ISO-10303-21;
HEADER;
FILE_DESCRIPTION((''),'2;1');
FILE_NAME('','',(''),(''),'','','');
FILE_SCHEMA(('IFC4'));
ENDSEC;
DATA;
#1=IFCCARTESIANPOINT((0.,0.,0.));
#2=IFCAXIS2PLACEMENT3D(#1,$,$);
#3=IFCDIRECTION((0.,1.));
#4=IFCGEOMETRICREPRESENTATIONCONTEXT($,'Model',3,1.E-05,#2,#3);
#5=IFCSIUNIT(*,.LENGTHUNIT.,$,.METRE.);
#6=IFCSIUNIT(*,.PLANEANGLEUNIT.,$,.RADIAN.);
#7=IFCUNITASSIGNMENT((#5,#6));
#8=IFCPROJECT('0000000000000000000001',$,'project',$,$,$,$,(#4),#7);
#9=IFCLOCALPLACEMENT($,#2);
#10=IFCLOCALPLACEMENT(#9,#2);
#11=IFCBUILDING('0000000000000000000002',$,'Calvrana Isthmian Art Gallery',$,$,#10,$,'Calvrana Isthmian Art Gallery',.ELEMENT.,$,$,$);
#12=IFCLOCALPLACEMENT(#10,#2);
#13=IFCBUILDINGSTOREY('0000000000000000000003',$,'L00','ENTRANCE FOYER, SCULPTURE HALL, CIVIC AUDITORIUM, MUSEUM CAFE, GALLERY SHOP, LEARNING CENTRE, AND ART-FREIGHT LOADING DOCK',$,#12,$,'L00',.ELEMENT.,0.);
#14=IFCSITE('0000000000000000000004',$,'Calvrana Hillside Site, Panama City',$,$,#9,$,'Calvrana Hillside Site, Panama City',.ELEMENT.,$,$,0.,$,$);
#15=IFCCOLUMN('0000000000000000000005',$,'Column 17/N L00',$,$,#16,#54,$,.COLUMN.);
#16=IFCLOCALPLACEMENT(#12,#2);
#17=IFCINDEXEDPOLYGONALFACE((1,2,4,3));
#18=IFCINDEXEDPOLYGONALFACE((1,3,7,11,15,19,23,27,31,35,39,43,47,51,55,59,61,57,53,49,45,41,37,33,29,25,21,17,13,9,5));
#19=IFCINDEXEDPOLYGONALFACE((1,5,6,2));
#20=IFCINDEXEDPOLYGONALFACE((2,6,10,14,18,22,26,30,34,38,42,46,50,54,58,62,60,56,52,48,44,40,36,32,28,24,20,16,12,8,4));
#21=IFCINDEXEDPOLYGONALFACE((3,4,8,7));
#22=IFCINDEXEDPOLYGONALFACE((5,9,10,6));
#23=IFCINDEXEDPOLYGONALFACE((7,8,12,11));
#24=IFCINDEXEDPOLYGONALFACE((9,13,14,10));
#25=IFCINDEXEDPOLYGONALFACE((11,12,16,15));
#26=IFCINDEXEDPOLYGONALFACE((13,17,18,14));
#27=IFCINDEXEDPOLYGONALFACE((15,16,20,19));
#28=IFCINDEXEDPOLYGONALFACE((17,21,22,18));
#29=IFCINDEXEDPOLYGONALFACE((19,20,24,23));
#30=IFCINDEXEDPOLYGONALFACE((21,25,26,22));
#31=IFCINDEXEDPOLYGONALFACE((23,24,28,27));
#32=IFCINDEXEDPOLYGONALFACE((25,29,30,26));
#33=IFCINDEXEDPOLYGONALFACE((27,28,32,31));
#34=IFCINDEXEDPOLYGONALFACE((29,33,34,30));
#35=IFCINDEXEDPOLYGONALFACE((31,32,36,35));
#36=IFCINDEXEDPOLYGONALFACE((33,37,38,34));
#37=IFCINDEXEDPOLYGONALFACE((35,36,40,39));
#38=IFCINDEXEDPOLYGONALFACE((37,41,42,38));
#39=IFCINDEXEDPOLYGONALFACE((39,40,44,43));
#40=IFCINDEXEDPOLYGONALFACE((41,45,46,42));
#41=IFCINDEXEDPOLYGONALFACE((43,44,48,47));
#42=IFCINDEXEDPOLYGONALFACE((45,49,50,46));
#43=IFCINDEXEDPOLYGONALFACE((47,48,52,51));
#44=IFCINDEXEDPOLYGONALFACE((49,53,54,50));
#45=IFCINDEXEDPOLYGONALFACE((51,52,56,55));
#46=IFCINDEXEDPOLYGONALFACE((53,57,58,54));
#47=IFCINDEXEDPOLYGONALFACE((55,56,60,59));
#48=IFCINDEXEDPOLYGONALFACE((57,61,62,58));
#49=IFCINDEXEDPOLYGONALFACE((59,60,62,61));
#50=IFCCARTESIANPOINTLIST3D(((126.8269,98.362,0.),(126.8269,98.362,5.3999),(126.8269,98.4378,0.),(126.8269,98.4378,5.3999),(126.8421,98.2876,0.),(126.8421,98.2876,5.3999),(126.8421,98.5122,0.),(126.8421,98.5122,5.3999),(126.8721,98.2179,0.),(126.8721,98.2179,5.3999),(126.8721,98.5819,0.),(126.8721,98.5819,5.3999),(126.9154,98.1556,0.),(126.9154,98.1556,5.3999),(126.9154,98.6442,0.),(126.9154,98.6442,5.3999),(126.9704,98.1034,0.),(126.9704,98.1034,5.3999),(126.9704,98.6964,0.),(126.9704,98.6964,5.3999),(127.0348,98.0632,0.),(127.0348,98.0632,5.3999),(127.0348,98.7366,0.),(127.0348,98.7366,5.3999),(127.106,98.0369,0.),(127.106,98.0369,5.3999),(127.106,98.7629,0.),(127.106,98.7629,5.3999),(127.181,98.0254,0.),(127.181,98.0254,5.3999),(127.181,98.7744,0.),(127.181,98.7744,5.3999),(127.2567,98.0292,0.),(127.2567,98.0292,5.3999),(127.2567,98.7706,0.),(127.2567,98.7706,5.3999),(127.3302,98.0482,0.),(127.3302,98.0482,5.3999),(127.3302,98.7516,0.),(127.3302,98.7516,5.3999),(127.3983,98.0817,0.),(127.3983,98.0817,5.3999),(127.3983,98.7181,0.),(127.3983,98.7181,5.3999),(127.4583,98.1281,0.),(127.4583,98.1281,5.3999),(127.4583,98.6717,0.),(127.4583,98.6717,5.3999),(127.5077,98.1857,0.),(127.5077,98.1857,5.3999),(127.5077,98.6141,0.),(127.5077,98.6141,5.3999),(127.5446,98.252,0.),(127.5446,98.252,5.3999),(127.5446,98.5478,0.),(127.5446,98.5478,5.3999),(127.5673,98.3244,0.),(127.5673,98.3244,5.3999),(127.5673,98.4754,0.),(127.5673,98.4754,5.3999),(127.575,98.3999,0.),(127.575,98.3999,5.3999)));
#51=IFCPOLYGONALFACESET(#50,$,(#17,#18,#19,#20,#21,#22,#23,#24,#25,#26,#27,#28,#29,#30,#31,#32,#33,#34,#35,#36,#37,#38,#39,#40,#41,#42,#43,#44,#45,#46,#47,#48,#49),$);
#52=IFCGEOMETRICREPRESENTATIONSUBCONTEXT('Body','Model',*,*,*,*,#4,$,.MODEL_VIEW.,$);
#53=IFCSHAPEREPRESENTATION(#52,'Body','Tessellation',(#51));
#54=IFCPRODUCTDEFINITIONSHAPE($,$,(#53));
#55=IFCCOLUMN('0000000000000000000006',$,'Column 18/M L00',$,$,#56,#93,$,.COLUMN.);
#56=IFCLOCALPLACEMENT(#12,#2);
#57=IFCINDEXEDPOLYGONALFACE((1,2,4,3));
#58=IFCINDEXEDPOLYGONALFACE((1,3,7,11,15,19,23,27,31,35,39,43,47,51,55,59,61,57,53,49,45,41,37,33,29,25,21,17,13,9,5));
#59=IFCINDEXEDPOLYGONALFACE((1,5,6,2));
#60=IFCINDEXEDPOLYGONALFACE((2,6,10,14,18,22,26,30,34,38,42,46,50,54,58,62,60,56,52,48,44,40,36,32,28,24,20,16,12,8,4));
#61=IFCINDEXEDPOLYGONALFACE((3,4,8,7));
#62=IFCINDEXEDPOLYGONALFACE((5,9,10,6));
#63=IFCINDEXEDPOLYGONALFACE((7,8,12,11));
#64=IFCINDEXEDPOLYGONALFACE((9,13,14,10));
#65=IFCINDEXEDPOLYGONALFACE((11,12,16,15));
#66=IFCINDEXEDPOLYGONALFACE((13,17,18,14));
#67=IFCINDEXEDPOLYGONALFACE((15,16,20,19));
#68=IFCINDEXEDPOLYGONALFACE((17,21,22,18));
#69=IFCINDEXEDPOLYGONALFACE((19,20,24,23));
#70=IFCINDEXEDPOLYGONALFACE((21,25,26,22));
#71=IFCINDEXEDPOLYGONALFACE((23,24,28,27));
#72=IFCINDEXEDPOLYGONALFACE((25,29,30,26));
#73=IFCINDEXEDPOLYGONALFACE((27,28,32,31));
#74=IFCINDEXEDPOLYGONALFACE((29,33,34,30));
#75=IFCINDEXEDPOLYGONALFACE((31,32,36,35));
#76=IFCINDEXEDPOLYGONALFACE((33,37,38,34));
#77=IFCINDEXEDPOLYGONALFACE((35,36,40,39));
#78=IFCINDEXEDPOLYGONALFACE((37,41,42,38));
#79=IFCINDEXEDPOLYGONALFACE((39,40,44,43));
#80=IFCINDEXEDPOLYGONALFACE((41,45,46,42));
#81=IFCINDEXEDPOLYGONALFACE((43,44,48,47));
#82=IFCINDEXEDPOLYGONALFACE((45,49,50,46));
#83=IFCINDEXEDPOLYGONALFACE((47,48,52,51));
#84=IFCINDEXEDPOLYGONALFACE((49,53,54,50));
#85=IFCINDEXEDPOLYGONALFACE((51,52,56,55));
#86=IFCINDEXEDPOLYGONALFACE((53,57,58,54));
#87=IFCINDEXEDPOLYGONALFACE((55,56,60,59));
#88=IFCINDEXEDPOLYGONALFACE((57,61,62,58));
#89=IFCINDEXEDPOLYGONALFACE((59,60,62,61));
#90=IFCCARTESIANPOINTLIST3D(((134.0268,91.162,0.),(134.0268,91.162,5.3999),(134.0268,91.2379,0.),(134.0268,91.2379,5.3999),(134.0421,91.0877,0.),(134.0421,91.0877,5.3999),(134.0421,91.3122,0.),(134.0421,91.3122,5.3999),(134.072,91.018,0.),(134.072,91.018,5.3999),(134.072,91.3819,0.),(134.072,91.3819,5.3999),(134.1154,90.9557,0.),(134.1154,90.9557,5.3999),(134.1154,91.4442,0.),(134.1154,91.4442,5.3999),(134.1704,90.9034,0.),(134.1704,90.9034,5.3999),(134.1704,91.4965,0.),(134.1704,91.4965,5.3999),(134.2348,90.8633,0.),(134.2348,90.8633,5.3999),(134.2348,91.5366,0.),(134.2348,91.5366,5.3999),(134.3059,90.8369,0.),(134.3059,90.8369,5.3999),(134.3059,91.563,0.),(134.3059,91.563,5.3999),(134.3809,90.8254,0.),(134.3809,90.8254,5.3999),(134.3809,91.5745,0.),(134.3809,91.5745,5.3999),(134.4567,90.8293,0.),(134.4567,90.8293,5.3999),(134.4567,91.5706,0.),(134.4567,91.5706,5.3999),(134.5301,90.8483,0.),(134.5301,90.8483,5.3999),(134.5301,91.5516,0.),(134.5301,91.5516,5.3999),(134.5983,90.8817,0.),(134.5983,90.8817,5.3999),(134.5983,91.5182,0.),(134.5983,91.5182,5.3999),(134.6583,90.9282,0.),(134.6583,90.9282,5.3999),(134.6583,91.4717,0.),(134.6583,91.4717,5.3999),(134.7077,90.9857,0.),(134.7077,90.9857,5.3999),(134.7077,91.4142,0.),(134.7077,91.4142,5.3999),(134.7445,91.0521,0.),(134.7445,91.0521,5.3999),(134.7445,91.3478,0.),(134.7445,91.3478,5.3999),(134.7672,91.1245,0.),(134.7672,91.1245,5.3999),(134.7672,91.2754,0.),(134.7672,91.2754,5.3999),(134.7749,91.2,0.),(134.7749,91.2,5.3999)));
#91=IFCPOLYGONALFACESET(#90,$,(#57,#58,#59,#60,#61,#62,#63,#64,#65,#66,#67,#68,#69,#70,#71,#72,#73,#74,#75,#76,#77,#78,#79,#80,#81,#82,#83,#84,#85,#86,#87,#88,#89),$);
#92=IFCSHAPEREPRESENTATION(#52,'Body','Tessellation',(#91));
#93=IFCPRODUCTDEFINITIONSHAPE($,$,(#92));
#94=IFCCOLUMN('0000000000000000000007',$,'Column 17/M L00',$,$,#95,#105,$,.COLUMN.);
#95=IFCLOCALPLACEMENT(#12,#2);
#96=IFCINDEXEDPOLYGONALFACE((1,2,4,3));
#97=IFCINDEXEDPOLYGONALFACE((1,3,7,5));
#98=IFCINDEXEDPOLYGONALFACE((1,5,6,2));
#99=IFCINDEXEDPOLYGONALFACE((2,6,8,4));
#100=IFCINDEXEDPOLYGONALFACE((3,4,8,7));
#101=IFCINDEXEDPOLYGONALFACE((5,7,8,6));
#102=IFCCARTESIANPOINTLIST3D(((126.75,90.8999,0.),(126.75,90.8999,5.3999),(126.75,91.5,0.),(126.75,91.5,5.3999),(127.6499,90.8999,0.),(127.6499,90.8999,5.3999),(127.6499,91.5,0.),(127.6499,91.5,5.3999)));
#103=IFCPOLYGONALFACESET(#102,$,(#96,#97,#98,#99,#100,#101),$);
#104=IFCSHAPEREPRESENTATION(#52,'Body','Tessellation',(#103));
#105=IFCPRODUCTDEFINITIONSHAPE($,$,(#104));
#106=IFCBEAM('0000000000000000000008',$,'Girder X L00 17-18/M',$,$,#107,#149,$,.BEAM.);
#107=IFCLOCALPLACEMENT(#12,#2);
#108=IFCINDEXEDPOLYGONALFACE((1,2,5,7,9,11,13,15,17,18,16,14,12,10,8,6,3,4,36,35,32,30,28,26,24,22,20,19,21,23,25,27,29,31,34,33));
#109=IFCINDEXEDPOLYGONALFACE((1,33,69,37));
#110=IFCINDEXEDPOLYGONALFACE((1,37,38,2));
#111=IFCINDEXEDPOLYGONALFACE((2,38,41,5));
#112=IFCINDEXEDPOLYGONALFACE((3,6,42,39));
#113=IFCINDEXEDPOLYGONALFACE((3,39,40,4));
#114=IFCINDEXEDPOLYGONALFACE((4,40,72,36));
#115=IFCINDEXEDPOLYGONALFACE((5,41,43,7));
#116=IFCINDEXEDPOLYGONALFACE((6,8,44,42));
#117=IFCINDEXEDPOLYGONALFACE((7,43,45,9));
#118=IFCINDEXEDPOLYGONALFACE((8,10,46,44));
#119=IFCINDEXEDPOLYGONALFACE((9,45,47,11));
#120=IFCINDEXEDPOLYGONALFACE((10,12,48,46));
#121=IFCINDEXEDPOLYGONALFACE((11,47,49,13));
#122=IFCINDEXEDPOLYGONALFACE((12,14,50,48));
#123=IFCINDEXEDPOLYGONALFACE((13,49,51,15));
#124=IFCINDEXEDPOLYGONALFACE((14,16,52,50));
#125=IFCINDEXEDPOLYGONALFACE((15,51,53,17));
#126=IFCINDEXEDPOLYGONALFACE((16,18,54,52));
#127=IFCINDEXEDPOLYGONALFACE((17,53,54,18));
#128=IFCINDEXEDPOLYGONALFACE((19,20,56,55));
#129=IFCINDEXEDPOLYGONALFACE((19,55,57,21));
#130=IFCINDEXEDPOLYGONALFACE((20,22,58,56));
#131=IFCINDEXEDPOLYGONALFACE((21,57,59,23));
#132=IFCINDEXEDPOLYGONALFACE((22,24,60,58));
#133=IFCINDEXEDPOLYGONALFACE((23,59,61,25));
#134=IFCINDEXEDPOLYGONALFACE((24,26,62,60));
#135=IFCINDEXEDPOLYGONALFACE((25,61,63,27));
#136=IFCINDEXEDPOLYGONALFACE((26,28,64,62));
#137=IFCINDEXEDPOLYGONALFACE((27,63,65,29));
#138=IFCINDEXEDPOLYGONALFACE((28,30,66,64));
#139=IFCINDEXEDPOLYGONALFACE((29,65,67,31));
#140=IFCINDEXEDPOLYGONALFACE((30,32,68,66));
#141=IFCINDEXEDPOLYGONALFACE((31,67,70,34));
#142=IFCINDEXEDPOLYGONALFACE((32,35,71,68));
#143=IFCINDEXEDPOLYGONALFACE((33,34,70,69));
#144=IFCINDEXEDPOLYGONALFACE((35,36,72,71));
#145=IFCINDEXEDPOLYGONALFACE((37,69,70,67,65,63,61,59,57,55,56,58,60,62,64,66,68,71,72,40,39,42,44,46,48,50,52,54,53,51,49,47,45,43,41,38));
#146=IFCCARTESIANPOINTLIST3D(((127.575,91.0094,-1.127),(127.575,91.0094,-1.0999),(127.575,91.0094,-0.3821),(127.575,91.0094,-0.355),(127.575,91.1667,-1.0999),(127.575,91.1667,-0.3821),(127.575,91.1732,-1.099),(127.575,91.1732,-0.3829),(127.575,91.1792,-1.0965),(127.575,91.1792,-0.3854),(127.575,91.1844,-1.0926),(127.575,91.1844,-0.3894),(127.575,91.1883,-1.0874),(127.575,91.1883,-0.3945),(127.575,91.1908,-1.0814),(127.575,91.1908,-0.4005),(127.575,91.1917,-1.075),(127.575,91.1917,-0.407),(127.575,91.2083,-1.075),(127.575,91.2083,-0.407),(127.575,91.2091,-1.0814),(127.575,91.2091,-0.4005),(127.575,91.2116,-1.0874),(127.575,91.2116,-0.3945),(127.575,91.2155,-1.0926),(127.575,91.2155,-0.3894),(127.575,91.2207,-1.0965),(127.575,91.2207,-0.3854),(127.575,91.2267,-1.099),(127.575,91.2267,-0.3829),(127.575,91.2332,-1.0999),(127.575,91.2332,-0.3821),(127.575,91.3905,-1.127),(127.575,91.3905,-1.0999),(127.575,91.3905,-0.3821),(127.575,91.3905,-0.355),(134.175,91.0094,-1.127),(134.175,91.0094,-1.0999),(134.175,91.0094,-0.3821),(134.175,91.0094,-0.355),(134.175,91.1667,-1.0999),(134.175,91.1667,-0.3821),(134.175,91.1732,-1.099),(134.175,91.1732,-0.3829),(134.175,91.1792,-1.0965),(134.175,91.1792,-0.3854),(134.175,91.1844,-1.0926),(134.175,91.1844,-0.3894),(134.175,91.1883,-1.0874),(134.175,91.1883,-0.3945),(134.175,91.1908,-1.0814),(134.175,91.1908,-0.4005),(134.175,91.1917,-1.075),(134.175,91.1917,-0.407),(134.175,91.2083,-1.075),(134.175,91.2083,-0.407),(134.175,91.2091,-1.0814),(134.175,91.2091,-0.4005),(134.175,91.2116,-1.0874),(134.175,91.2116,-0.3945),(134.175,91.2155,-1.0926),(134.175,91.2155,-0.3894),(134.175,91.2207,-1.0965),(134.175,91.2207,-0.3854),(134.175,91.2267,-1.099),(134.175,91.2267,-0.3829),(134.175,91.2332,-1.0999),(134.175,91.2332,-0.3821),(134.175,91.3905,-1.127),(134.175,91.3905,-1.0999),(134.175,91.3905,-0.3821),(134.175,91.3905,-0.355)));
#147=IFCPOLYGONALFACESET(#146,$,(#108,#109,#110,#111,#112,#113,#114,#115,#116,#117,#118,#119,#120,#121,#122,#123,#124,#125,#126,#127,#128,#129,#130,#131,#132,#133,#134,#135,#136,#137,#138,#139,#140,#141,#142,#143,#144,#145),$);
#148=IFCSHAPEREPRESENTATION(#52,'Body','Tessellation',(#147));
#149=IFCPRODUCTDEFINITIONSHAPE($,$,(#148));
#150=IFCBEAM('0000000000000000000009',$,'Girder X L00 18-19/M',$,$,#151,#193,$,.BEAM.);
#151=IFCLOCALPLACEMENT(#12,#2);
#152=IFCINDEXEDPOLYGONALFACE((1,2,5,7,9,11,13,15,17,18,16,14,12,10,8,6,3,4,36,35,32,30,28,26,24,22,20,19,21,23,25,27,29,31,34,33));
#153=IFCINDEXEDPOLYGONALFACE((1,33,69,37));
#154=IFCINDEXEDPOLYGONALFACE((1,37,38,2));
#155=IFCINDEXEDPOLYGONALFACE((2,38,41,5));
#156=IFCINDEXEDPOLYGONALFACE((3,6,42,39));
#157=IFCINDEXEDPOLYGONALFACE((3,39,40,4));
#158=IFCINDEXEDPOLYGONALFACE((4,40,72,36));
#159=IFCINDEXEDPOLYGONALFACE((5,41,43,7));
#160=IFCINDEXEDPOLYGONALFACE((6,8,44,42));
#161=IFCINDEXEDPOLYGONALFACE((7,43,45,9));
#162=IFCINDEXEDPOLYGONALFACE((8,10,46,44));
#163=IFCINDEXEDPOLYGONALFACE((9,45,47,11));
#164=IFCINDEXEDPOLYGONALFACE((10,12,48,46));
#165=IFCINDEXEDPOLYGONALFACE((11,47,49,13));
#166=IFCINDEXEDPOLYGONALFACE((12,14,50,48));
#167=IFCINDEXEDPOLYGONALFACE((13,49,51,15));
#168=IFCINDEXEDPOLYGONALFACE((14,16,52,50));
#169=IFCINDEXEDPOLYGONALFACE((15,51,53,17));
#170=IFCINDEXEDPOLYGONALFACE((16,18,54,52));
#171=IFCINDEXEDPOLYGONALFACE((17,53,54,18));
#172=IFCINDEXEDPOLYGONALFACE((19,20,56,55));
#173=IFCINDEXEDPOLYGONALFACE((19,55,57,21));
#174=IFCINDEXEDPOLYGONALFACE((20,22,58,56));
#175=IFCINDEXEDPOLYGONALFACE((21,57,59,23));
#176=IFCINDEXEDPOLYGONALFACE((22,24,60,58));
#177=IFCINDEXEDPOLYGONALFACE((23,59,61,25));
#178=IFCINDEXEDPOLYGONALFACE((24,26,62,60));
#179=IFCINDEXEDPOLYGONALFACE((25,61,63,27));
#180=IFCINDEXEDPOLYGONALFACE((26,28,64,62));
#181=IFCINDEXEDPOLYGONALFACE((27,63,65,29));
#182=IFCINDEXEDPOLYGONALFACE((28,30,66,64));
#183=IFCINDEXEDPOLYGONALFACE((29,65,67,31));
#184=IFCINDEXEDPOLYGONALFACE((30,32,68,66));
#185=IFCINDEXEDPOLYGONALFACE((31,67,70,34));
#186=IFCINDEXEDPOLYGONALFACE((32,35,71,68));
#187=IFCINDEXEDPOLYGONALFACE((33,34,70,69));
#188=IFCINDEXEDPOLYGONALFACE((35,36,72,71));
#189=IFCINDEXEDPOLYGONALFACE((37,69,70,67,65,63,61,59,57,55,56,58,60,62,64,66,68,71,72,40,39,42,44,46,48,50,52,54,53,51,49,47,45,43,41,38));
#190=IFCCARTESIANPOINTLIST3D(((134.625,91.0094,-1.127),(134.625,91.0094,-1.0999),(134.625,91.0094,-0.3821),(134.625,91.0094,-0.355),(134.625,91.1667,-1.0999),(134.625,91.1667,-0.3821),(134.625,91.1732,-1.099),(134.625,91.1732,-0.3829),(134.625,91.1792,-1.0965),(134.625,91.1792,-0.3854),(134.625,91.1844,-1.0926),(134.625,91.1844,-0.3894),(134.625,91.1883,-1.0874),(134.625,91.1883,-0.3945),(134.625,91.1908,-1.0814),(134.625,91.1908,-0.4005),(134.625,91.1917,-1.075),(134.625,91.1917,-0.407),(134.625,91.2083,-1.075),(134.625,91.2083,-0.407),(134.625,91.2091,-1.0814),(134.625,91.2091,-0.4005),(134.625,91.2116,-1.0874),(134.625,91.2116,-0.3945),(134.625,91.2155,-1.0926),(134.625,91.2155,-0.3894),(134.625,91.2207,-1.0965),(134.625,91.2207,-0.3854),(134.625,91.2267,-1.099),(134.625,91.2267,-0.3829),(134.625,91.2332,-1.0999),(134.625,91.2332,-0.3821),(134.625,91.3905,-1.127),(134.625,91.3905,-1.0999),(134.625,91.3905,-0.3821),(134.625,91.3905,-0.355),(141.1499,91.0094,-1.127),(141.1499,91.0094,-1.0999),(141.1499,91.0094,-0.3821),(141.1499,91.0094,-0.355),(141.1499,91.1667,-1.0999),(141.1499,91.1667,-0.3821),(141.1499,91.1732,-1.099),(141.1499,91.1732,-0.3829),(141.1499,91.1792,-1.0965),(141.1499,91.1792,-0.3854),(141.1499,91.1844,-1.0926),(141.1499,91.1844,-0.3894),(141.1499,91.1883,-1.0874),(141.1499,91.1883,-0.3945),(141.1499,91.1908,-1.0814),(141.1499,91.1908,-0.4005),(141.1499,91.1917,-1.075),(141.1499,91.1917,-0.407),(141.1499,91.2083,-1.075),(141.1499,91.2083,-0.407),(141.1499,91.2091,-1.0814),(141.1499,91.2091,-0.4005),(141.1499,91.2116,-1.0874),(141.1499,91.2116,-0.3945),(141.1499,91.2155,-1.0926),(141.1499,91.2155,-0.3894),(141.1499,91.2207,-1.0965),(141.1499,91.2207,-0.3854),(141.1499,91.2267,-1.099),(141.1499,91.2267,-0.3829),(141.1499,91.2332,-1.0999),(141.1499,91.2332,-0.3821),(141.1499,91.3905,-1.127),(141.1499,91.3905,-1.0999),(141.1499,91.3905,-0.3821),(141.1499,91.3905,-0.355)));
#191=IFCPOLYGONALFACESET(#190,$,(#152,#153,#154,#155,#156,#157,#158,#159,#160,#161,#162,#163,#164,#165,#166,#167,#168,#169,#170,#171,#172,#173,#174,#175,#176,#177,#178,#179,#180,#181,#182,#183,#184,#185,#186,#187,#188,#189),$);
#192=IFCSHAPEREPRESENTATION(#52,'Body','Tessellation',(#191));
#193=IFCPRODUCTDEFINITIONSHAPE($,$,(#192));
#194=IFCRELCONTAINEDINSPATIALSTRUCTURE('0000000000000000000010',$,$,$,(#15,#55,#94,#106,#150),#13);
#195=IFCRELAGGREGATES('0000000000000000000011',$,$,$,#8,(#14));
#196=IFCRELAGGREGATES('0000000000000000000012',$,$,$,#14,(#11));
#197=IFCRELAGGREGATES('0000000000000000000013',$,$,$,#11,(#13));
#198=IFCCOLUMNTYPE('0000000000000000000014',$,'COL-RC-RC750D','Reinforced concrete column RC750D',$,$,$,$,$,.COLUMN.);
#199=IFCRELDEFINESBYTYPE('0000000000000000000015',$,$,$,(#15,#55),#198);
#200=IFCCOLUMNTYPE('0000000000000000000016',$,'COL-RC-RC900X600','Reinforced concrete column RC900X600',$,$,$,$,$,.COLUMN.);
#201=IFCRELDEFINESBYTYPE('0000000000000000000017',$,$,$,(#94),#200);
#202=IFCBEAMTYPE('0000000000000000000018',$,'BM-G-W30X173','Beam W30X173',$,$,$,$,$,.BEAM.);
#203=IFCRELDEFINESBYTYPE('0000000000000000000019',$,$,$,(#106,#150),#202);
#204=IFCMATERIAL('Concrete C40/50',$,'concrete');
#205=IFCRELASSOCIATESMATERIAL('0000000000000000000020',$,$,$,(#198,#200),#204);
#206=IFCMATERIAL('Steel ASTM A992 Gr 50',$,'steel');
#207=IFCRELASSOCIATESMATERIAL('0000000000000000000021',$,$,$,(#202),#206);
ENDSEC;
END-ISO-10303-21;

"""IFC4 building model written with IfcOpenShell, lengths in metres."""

from ifc_helpers import new_model, si_unit, direction, frame, origin, origin_2d, place, context, subcontext, project, spatial, rectangle, circle, i_section, extrude, material, material_profile, profile_set, type_object, element, save


model = new_model("IFC4")

# Units and contexts
model_context = context("Model", 3, precision=1e-05, world=origin(), true_north=direction((0.0, 1.0)))
body_context = subcontext(model_context, "Body", "Model", "MODEL_VIEW")
ifc_project = project(units=[si_unit("LENGTHUNIT", "METRE"), si_unit("PLANEANGLEUNIT", "RADIAN")], contexts=[model_context])

# Site, building, storey
site_placement = place(None, origin())
site = spatial("IfcSite", under=ifc_project, at=site_placement, Name="Calvrana Hillside Site, Panama City", LongName="Calvrana Hillside Site, Panama City", CompositionType="ELEMENT", RefElevation=0.0)
building_placement = place(site_placement, origin())
building = spatial("IfcBuilding", under=site, at=building_placement, Name="Calvrana Isthmian Art Gallery", LongName="Calvrana Isthmian Art Gallery", CompositionType="ELEMENT")
storey_placement = place(building_placement, origin())
storey = spatial("IfcBuildingStorey", under=building, at=storey_placement, Name="L00", Description="ENTRANCE FOYER, SCULPTURE HALL, CIVIC AUDITORIUM, MUSEUM CAFE, GALLERY SHOP, LEARNING CENTRE, AND ART-FREIGHT LOADING DOCK", LongName="L00", CompositionType="ELEMENT", Elevation=0.0)

# Columns
ifc_material_1 = material(Name="Concrete C40/50", Category="concrete")
ifc_material_profile_1 = material_profile(ifc_material_1, circle(Radius=0.375, at=origin_2d()), Name="RC750D")
ifc_profile_set_1 = profile_set([ifc_material_profile_1], Name="Concrete C40/50")
column_type_1 = type_object("IfcColumnType", Name="COL-RC-RC750D", Description="Reinforced concrete column RC750D", PredefinedType="COLUMN", material=ifc_profile_set_1)
for number, where, z_axis, x_axis, name in (
    (1, (127.2, 98.3999, 0.0), (0.0, 0.0, 1.0), (1.0, 0.0, 0.0), "Column 17/N L00"),
    (2, (134.3999, 91.2, 0.0), (0.0, 0.0, 1.0), (1.0, 0.0, 0.0), "Column 18/M L00"),
):
    element("IfcColumn", number, at=place(storey_placement, frame(where, z_axis=z_axis, x_axis=x_axis)), inside=storey, type_object=column_type_1, Name=name, PredefinedType="COLUMN", context=body_context, shape_type="SweptSolid", body=[
        extrude(circle(Radius=0.375, at=origin_2d()), origin(), (0.0, 0.0, 1.0), 5.3999),
    ])
ifc_material_profile_2 = material_profile(ifc_material_1, rectangle(XDim=0.8999, YDim=0.6001, at=origin_2d()), Name="RC900X600")
ifc_profile_set_2 = profile_set([ifc_material_profile_2], Name="Concrete C40/50")
column_type_2 = type_object("IfcColumnType", Name="COL-RC-RC900X600", Description="Reinforced concrete column RC900X600", PredefinedType="COLUMN", material=ifc_profile_set_2)
column_placement = place(storey_placement, frame((127.2, 91.2, 0.0), z_axis=(0.0, 0.0, 1.0), x_axis=(1.0, 0.0, 0.0)))
element("IfcColumn", 3, at=column_placement, inside=storey, type_object=column_type_2, Name="Column 17/M L00", PredefinedType="COLUMN", context=body_context, shape_type="SweptSolid", body=[
    extrude(rectangle(XDim=0.8999, YDim=0.6001, at=origin_2d()), origin(), (0.0, 0.0, 1.0), 5.3999),
])

# Beams
ifc_material_2 = material(Name="Steel ASTM A992 Gr 50", Category="steel")
ifc_material_profile_3 = material_profile(ifc_material_2, i_section(OverallWidth=0.3811, OverallDepth=0.772, WebThickness=0.0166, FlangeThickness=0.0271, FilletRadius=0.0249, at=origin_2d()), Name="W30X173")
ifc_profile_set_3 = profile_set([ifc_material_profile_3], Name="Steel ASTM A992 Gr 50")
beam_type_1 = type_object("IfcBeamType", Name="BM-G-W30X173", Description="Beam W30X173", PredefinedType="BEAM", material=ifc_profile_set_3)
beam_1_placement = place(storey_placement, frame((127.575, 91.2, -0.741), z_axis=(1.0, 0.0, 0.0), x_axis=(0.0, 1.0, 0.0)))
element("IfcBeam", 4, at=beam_1_placement, inside=storey, type_object=beam_type_1, Name="Girder X L00 17-18/M", PredefinedType="BEAM", context=body_context, shape_type="SweptSolid", body=[
    extrude(i_section(OverallWidth=0.3811, OverallDepth=0.772, WebThickness=0.0166, FlangeThickness=0.0271, FilletRadius=0.0249, at=origin_2d()), origin(), (0.0, 0.0, 1.0), 6.6001),
])
beam_2_placement = place(storey_placement, frame((134.625, 91.2, -0.741), z_axis=(1.0, 0.0, 0.0), x_axis=(0.0, 1.0, 0.0)))
element("IfcBeam", 5, at=beam_2_placement, inside=storey, type_object=beam_type_1, Name="Girder X L00 18-19/M", PredefinedType="BEAM", context=body_context, shape_type="SweptSolid", body=[
    extrude(i_section(OverallWidth=0.3811, OverallDepth=0.772, WebThickness=0.0166, FlangeThickness=0.0271, FilletRadius=0.0249, at=origin_2d()), origin(), (0.0, 0.0, 1.0), 6.5249),
])

save(model, "model.ifc")
